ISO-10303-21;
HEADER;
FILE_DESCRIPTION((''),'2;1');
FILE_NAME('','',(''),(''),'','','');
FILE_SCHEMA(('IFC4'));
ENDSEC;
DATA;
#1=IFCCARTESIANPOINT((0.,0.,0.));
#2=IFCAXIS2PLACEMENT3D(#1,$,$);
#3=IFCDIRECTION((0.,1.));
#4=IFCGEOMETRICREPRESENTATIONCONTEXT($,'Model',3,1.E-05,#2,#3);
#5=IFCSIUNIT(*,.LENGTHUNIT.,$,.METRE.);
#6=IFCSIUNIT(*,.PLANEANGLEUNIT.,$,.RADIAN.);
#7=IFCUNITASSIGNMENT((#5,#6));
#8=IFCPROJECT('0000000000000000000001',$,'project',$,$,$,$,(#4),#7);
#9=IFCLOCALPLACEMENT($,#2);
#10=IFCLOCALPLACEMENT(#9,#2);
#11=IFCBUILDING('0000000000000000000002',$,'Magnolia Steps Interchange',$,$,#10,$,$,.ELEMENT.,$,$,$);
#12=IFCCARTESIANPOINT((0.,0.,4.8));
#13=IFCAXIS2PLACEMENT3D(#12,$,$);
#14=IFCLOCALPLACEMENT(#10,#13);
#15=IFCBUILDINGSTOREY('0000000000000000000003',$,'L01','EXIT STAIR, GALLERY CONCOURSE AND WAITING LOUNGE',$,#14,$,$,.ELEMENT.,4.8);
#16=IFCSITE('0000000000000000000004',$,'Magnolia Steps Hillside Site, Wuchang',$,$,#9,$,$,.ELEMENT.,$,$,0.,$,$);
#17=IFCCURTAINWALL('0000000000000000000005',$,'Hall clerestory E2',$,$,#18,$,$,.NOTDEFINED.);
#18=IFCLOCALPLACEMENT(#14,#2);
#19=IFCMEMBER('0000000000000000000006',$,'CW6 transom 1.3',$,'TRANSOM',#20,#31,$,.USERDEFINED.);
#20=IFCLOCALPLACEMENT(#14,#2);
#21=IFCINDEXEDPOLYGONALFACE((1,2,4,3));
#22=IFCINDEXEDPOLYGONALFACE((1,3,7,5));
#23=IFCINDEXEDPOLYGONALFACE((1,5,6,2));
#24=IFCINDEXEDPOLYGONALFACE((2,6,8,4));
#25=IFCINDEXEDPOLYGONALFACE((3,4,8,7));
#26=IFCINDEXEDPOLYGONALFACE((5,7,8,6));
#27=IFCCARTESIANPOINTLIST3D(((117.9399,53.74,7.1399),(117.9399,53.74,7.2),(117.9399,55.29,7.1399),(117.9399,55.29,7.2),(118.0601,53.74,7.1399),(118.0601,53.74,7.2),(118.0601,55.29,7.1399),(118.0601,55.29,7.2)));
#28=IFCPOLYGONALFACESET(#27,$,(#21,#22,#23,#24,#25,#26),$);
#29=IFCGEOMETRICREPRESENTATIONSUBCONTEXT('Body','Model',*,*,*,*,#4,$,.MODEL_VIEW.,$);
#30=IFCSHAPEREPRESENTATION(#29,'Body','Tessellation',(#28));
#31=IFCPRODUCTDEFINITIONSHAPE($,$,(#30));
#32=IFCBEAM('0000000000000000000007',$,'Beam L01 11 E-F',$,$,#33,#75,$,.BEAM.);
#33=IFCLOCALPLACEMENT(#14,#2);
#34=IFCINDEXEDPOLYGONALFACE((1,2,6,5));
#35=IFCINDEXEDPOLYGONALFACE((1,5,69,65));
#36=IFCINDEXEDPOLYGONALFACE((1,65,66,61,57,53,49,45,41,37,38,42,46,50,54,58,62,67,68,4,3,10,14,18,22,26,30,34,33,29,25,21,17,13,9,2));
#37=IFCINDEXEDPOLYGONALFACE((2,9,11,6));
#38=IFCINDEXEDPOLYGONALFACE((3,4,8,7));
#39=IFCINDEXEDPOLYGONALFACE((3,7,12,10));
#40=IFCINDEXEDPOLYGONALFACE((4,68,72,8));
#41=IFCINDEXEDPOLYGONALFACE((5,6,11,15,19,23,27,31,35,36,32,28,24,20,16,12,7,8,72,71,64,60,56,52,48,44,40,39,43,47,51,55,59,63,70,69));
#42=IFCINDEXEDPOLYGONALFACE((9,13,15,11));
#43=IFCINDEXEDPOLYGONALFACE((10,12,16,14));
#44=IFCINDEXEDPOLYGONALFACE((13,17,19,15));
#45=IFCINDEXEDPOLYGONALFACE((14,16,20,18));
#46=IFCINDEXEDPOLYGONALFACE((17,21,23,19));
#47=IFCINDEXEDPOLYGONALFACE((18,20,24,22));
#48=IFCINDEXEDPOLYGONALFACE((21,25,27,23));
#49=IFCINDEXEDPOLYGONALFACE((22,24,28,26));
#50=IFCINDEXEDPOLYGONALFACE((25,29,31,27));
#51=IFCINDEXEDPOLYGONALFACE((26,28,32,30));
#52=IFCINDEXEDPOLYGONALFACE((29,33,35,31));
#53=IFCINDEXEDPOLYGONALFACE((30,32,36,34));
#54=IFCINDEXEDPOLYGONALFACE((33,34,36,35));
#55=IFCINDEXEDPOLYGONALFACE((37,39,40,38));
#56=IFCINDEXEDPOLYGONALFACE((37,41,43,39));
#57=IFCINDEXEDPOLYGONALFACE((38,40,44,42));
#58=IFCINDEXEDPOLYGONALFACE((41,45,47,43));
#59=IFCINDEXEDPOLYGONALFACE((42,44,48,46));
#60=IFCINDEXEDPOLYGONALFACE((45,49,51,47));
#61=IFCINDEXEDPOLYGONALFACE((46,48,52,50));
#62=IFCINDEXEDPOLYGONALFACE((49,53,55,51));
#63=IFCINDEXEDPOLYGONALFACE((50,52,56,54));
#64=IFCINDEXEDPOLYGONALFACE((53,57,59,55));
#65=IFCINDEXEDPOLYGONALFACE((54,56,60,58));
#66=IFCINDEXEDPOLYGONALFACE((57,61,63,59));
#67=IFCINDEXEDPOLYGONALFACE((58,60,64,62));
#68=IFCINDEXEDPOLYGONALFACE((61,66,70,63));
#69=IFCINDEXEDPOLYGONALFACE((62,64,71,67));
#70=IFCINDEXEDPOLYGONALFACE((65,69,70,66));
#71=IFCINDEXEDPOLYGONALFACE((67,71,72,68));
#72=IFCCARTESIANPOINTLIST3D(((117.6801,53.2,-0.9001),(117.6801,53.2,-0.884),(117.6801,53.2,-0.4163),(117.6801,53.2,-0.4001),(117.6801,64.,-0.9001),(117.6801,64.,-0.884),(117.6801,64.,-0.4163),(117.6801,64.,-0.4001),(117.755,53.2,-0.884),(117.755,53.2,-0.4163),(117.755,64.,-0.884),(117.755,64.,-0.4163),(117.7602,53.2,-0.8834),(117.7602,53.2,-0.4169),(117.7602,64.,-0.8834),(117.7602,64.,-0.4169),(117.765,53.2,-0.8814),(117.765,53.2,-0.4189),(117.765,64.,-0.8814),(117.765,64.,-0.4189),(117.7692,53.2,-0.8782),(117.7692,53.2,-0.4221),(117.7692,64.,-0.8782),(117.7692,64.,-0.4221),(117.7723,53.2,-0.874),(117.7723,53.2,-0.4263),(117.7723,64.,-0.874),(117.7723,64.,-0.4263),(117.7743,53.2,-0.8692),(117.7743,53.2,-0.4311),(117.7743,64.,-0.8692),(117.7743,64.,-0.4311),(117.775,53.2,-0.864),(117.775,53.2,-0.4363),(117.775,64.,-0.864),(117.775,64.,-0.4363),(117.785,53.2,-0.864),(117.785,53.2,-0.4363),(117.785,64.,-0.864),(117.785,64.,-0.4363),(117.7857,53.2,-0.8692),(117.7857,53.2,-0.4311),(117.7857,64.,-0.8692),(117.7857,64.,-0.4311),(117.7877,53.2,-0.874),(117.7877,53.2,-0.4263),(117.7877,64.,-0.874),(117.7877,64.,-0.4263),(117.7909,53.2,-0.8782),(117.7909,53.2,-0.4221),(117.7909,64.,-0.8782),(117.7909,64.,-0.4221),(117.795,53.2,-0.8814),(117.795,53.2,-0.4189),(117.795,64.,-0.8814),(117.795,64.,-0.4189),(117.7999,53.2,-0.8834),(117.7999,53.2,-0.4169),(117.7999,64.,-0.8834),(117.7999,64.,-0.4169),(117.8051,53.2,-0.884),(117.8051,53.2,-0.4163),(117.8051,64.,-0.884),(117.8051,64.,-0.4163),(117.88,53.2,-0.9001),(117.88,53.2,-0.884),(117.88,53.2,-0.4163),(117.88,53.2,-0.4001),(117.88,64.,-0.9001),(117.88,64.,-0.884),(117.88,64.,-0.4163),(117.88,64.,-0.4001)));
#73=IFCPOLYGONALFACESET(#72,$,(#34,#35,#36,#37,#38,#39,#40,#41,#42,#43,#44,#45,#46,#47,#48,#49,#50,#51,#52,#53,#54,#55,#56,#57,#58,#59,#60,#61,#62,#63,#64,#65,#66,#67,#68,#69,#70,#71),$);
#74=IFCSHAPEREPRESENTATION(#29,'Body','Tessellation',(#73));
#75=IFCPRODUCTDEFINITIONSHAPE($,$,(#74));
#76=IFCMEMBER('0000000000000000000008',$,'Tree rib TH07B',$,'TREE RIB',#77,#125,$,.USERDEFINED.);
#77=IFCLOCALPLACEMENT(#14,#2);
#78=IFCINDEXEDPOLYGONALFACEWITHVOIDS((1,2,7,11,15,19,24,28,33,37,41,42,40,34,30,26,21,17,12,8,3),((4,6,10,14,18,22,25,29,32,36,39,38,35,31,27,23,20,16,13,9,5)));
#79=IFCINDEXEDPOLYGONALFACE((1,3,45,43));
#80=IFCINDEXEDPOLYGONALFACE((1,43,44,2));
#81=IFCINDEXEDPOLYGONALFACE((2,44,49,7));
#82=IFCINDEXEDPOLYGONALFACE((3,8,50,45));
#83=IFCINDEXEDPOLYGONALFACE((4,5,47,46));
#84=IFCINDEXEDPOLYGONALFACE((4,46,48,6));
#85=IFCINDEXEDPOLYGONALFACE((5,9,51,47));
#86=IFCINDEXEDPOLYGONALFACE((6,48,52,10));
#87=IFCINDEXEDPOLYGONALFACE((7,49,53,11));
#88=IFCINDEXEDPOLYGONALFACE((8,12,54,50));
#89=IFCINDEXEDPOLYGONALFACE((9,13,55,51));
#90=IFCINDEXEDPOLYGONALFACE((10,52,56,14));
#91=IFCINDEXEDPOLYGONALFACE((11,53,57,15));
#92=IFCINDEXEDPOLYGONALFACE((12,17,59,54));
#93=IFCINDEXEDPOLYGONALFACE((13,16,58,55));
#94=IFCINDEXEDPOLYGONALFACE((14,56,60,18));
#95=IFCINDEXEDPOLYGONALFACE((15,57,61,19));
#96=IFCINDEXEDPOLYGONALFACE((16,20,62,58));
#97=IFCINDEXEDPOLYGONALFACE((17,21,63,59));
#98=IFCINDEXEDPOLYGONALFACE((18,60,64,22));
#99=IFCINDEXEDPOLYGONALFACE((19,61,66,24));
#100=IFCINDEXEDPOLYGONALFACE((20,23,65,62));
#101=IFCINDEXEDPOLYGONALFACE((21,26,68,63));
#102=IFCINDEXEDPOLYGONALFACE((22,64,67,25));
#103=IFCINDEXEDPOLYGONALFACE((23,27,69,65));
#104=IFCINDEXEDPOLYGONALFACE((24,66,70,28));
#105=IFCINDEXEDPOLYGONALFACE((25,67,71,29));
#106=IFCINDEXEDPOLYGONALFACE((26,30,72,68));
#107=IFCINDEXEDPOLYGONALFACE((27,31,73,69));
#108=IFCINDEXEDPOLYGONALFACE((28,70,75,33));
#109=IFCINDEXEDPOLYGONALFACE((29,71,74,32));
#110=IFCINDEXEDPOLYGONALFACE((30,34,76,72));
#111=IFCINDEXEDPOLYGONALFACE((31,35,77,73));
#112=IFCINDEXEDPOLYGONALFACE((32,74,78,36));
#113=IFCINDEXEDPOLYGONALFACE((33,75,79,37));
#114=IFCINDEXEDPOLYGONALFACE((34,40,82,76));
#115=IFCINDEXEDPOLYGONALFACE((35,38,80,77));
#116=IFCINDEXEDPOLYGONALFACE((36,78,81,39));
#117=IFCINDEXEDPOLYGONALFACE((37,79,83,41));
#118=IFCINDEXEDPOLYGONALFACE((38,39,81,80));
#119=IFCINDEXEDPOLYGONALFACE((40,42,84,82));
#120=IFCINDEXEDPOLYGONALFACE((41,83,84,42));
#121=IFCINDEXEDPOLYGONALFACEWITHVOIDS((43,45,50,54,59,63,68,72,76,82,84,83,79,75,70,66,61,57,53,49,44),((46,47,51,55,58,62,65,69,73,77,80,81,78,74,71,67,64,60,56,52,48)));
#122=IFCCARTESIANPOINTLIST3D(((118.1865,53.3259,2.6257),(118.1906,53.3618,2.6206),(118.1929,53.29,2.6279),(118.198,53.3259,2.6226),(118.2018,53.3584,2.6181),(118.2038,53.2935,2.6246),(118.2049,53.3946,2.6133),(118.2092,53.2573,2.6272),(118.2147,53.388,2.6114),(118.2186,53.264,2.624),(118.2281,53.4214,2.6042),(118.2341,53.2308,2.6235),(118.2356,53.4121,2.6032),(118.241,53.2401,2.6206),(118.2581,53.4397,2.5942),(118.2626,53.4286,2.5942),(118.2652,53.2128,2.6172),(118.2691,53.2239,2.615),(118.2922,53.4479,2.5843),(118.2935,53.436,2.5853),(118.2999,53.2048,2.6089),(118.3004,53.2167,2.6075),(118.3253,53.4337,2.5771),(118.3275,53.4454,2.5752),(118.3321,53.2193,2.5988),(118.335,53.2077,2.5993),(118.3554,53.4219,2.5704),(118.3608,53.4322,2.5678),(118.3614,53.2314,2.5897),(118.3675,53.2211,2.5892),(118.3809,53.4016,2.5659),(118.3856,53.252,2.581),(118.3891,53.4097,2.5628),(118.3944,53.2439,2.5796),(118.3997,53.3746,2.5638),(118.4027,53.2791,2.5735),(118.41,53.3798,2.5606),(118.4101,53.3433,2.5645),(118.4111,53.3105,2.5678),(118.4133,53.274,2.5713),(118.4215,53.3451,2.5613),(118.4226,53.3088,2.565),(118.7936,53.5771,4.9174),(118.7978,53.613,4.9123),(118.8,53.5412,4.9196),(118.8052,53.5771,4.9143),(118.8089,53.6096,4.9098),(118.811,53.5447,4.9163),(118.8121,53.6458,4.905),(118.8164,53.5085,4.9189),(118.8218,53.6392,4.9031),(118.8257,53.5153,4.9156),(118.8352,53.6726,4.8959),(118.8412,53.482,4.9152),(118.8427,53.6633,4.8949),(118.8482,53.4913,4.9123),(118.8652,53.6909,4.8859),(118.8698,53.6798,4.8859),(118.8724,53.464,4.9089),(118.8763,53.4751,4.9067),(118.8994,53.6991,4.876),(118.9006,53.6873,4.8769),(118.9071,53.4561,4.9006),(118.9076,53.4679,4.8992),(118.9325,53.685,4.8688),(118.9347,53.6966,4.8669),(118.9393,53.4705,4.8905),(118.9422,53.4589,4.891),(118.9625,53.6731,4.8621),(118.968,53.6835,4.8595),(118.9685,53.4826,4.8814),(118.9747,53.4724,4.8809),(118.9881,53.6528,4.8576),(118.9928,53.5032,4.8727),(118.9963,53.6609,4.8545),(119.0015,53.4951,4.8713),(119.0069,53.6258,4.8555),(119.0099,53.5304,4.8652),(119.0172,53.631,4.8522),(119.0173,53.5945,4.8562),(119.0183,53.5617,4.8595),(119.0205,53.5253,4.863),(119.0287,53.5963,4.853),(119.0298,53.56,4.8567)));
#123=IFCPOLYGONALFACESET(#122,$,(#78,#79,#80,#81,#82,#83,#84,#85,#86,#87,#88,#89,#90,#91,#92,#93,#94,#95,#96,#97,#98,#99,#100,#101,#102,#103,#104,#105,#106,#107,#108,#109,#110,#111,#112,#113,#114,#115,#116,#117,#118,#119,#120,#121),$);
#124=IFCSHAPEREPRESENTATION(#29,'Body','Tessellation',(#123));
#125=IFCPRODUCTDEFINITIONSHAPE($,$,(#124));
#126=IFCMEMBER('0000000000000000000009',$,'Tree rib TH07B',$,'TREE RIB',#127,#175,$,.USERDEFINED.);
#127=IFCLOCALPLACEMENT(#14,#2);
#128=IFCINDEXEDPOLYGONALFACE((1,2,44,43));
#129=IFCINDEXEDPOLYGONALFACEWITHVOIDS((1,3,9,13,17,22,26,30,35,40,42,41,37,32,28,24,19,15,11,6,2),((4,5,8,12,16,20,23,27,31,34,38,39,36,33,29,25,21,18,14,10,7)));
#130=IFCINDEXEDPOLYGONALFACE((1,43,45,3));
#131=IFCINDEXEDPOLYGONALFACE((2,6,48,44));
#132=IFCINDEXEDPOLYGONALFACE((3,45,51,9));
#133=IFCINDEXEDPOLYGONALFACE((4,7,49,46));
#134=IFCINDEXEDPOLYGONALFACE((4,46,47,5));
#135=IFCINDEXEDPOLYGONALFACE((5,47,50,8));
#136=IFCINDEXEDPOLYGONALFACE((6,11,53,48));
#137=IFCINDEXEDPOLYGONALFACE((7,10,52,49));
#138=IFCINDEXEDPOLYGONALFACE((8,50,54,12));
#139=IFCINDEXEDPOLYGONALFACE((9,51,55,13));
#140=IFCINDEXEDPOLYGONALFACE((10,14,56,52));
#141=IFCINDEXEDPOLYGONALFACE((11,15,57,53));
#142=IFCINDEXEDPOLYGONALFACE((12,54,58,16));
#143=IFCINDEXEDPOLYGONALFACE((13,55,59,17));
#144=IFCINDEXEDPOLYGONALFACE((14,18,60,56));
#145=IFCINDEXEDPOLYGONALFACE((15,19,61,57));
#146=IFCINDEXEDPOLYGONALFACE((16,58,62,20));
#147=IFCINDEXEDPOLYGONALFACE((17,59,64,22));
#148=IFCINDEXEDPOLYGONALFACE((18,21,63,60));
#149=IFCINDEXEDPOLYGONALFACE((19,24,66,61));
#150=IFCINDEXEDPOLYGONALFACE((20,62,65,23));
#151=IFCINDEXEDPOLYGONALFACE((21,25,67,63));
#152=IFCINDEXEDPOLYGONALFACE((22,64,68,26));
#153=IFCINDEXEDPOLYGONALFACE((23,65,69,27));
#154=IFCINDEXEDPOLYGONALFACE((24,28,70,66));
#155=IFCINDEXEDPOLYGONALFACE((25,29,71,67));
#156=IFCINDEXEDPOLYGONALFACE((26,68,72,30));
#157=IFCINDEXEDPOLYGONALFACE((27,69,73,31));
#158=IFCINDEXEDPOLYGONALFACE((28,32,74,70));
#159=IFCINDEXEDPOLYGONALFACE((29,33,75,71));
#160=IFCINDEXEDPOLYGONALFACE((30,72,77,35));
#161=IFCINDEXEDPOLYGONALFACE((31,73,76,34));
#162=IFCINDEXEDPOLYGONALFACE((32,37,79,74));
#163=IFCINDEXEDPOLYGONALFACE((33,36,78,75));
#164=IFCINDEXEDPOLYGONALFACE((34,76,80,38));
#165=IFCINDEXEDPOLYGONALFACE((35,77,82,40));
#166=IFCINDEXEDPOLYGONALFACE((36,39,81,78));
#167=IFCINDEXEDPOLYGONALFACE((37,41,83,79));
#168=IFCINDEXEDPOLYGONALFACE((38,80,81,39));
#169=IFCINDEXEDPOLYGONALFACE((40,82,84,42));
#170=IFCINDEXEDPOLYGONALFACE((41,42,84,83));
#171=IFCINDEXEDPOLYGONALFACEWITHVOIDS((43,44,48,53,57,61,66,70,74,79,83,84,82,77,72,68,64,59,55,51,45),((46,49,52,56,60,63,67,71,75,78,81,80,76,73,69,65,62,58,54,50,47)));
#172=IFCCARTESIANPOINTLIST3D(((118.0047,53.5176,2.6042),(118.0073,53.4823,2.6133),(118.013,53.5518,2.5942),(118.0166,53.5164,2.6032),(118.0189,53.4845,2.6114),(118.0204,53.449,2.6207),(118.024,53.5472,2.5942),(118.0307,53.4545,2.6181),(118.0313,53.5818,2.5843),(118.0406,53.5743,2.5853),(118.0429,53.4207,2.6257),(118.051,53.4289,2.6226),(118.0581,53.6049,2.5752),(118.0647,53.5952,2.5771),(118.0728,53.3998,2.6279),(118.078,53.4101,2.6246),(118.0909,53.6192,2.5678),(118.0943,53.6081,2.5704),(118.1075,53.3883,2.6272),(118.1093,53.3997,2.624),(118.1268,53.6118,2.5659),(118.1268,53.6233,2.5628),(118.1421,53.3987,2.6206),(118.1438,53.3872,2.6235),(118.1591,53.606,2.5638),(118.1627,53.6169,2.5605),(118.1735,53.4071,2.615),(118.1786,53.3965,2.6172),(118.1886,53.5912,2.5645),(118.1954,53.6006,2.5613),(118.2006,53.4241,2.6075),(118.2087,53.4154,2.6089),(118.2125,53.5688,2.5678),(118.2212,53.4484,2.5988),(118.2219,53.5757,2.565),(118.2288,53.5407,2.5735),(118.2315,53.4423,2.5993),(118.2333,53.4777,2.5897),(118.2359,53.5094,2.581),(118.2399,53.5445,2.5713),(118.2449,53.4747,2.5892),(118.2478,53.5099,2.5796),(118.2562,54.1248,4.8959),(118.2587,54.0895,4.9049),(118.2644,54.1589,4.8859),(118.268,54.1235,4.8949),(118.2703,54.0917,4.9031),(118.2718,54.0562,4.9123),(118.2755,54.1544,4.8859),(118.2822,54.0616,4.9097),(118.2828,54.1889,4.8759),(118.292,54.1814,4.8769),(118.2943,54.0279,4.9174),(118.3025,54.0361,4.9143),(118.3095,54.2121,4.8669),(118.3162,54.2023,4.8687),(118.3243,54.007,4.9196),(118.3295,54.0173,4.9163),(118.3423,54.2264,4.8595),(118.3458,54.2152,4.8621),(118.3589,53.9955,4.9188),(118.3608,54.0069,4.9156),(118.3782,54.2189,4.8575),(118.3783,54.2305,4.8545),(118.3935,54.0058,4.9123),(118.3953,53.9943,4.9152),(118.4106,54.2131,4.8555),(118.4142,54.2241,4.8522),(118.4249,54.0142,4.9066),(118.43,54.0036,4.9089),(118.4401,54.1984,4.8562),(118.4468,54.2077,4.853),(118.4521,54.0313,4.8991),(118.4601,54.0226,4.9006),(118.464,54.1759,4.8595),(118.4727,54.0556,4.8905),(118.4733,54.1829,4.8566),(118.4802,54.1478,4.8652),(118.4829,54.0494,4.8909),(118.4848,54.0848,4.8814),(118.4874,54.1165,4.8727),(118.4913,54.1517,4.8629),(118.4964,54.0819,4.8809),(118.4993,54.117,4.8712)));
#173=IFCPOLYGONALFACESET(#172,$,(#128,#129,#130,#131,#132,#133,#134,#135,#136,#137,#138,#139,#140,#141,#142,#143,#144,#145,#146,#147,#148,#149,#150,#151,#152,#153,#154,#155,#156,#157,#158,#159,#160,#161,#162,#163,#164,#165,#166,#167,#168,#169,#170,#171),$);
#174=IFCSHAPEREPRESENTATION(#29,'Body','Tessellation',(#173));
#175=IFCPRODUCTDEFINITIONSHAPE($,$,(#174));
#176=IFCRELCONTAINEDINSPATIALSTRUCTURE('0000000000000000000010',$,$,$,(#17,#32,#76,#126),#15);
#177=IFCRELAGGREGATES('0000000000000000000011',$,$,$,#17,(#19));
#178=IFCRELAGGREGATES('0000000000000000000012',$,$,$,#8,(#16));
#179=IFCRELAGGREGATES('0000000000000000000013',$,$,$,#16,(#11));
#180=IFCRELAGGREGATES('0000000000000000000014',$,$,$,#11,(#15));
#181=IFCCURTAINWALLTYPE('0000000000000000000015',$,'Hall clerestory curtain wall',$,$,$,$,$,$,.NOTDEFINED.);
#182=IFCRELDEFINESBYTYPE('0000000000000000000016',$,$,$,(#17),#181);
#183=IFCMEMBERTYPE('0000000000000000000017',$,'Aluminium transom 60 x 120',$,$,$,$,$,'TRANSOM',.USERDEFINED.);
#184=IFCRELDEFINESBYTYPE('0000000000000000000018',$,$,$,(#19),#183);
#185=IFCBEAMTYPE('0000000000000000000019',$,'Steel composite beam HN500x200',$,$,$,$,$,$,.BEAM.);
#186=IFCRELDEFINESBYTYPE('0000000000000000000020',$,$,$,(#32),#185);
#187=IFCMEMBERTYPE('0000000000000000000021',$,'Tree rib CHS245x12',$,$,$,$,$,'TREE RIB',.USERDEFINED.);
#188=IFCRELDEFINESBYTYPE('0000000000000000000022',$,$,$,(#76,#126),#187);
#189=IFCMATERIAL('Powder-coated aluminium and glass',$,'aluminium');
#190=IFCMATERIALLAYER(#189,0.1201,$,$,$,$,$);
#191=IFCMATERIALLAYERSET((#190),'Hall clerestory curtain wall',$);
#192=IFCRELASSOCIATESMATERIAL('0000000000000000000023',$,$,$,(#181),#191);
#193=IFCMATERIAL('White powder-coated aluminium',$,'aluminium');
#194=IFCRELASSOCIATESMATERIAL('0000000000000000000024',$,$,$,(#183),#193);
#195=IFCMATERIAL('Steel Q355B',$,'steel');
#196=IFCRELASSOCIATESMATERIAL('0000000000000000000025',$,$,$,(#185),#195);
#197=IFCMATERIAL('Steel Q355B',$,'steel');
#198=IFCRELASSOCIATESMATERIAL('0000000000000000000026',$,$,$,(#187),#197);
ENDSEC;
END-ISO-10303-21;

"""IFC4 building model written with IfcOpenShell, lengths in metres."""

from ifc_helpers import new_model, si_unit, direction, frame, origin, origin_2d, place, context, subcontext, project, spatial, rectangle, hollow_circle, i_section, extrude, material, layer, layer_set, material_profile, profile_set, type_object, element, aggregate, save


model = new_model("IFC4")

# Units and contexts
model_context = context("Model", 3, precision=1e-05, world=origin(), true_north=direction((0.0, 1.0)))
body_context = subcontext(model_context, "Body", "Model", "MODEL_VIEW")
ifc_project = project(units=[si_unit("LENGTHUNIT", "METRE"), si_unit("PLANEANGLEUNIT", "RADIAN")], contexts=[model_context])

# Site, building, storey
site_placement = place(None, origin())
site = spatial("IfcSite", under=ifc_project, at=site_placement, Name="Magnolia Steps Hillside Site, Wuchang", CompositionType="ELEMENT", RefElevation=0.0)
building_placement = place(site_placement, origin())
building = spatial("IfcBuilding", under=site, at=building_placement, Name="Magnolia Steps Interchange", CompositionType="ELEMENT")
storey_placement = place(building_placement, frame((0.0, 0.0, 4.8)))
storey = spatial("IfcBuildingStorey", under=building, at=storey_placement, Name="L01", Description="EXIT STAIR, GALLERY CONCOURSE AND WAITING LOUNGE", CompositionType="ELEMENT", Elevation=4.8)

# Curtain wall
ifc_material_1 = material(Name="Powder-coated aluminium and glass", Category="aluminium")
ifc_layer_1 = layer(ifc_material_1, 0.1201)
ifc_layer_set_1 = layer_set([ifc_layer_1], Name="Hall clerestory curtain wall")
curtain_wall_type_1 = type_object("IfcCurtainWallType", Name="Hall clerestory curtain wall", PredefinedType="NOTDEFINED", material=ifc_layer_set_1)
curtain_wall_1_placement = place(storey_placement, origin())
curtain_wall_1 = element("IfcCurtainWall", 1, at=curtain_wall_1_placement, inside=storey, type_object=curtain_wall_type_1, Name="Hall clerestory E2", PredefinedType="NOTDEFINED")

# Member
ifc_material_2 = material(Name="White powder-coated aluminium", Category="aluminium")
ifc_material_profile_1 = material_profile(ifc_material_2, rectangle(XDim=0.0601, YDim=0.1201, at=origin_2d()), Name="Aluminium transom 60 x 120")
ifc_profile_set_1 = profile_set([ifc_material_profile_1], Name="White powder-coated aluminium")
member_type_1 = type_object("IfcMemberType", Name="Aluminium transom 60 x 120", ElementType="TRANSOM", PredefinedType="USERDEFINED", material=ifc_profile_set_1)
member_1_placement = place(storey_placement, frame((118.0, 53.74, 7.1699), z_axis=(0.0, 1.0, 0.0), x_axis=(0.0, 0.0, 1.0)))
member_1 = element("IfcMember", 2, at=member_1_placement, type_object=member_type_1, Name="CW6 transom 1.3", ObjectType="TRANSOM", PredefinedType="USERDEFINED", context=body_context, shape_type="SweptSolid", body=[
    extrude(rectangle(XDim=0.0601, YDim=0.1201, at=origin_2d()), origin(), (0.0, 0.0, 1.0), 1.55),
])

# Beam
ifc_material_3 = material(Name="Steel Q355B", Category="steel")
ifc_material_profile_2 = material_profile(ifc_material_3, i_section(OverallWidth=0.2, OverallDepth=0.5, WebThickness=0.01, FlangeThickness=0.0161, FilletRadius=0.02, at=origin_2d()), Name="HN500x200")
ifc_profile_set_2 = profile_set([ifc_material_profile_2], Name="Steel Q355B")
beam_type = type_object("IfcBeamType", Name="Steel composite beam HN500x200", PredefinedType="BEAM", material=ifc_profile_set_2)
beam_placement = place(storey_placement, frame((117.78, 53.2, -0.6501), z_axis=(0.0, 1.0, 0.0), x_axis=(-1.0, 0.0, 0.0)))
element("IfcBeam", 3, at=beam_placement, inside=storey, type_object=beam_type, Name="Beam L01 11 E-F", PredefinedType="BEAM", context=body_context, shape_type="SweptSolid", body=[
    extrude(i_section(OverallWidth=0.2, OverallDepth=0.5, WebThickness=0.01, FlangeThickness=0.0161, FilletRadius=0.02, at=origin_2d()), origin(), (0.0, 0.0, 1.0), 10.8),
])

# Members
ifc_material_4 = material(Name="Steel Q355B", Category="steel")
ifc_material_profile_3 = material_profile(ifc_material_4, hollow_circle(Radius=0.1226, WallThickness=0.012, at=origin_2d()), Name="CHS245x12")
ifc_profile_set_3 = profile_set([ifc_material_profile_3], Name="Steel Q355B")
member_type_2 = type_object("IfcMemberType", Name="Tree rib CHS245x12", ElementType="TREE RIB", PredefinedType="USERDEFINED", material=ifc_profile_set_3)
for number, where, z_axis, x_axis, name in (
    (4, (118.3049, 53.3264, 2.5942), (0.254679, 0.105374, 0.961267), (-0.382319, 0.92403, 0.0), "Tree rib TH07B"),
    (5, (118.1262, 53.5049, 2.5942), (0.105475, 0.254676, 0.961257), (-0.923899, 0.382636, 0.0), "Tree rib TH07B"),
):
    element("IfcMember", number, at=place(storey_placement, frame(where, z_axis=z_axis, x_axis=x_axis)), inside=storey, type_object=member_type_2, Name=name, ObjectType="TREE RIB", PredefinedType="USERDEFINED", context=body_context, shape_type="SweptSolid", body=[
        extrude(hollow_circle(Radius=0.1226, WallThickness=0.012, at=origin_2d()), origin(), (0.0, 0.0, 1.0), 2.384),
    ])

aggregate(curtain_wall_1, [member_1])

save(model, "model.ifc")
